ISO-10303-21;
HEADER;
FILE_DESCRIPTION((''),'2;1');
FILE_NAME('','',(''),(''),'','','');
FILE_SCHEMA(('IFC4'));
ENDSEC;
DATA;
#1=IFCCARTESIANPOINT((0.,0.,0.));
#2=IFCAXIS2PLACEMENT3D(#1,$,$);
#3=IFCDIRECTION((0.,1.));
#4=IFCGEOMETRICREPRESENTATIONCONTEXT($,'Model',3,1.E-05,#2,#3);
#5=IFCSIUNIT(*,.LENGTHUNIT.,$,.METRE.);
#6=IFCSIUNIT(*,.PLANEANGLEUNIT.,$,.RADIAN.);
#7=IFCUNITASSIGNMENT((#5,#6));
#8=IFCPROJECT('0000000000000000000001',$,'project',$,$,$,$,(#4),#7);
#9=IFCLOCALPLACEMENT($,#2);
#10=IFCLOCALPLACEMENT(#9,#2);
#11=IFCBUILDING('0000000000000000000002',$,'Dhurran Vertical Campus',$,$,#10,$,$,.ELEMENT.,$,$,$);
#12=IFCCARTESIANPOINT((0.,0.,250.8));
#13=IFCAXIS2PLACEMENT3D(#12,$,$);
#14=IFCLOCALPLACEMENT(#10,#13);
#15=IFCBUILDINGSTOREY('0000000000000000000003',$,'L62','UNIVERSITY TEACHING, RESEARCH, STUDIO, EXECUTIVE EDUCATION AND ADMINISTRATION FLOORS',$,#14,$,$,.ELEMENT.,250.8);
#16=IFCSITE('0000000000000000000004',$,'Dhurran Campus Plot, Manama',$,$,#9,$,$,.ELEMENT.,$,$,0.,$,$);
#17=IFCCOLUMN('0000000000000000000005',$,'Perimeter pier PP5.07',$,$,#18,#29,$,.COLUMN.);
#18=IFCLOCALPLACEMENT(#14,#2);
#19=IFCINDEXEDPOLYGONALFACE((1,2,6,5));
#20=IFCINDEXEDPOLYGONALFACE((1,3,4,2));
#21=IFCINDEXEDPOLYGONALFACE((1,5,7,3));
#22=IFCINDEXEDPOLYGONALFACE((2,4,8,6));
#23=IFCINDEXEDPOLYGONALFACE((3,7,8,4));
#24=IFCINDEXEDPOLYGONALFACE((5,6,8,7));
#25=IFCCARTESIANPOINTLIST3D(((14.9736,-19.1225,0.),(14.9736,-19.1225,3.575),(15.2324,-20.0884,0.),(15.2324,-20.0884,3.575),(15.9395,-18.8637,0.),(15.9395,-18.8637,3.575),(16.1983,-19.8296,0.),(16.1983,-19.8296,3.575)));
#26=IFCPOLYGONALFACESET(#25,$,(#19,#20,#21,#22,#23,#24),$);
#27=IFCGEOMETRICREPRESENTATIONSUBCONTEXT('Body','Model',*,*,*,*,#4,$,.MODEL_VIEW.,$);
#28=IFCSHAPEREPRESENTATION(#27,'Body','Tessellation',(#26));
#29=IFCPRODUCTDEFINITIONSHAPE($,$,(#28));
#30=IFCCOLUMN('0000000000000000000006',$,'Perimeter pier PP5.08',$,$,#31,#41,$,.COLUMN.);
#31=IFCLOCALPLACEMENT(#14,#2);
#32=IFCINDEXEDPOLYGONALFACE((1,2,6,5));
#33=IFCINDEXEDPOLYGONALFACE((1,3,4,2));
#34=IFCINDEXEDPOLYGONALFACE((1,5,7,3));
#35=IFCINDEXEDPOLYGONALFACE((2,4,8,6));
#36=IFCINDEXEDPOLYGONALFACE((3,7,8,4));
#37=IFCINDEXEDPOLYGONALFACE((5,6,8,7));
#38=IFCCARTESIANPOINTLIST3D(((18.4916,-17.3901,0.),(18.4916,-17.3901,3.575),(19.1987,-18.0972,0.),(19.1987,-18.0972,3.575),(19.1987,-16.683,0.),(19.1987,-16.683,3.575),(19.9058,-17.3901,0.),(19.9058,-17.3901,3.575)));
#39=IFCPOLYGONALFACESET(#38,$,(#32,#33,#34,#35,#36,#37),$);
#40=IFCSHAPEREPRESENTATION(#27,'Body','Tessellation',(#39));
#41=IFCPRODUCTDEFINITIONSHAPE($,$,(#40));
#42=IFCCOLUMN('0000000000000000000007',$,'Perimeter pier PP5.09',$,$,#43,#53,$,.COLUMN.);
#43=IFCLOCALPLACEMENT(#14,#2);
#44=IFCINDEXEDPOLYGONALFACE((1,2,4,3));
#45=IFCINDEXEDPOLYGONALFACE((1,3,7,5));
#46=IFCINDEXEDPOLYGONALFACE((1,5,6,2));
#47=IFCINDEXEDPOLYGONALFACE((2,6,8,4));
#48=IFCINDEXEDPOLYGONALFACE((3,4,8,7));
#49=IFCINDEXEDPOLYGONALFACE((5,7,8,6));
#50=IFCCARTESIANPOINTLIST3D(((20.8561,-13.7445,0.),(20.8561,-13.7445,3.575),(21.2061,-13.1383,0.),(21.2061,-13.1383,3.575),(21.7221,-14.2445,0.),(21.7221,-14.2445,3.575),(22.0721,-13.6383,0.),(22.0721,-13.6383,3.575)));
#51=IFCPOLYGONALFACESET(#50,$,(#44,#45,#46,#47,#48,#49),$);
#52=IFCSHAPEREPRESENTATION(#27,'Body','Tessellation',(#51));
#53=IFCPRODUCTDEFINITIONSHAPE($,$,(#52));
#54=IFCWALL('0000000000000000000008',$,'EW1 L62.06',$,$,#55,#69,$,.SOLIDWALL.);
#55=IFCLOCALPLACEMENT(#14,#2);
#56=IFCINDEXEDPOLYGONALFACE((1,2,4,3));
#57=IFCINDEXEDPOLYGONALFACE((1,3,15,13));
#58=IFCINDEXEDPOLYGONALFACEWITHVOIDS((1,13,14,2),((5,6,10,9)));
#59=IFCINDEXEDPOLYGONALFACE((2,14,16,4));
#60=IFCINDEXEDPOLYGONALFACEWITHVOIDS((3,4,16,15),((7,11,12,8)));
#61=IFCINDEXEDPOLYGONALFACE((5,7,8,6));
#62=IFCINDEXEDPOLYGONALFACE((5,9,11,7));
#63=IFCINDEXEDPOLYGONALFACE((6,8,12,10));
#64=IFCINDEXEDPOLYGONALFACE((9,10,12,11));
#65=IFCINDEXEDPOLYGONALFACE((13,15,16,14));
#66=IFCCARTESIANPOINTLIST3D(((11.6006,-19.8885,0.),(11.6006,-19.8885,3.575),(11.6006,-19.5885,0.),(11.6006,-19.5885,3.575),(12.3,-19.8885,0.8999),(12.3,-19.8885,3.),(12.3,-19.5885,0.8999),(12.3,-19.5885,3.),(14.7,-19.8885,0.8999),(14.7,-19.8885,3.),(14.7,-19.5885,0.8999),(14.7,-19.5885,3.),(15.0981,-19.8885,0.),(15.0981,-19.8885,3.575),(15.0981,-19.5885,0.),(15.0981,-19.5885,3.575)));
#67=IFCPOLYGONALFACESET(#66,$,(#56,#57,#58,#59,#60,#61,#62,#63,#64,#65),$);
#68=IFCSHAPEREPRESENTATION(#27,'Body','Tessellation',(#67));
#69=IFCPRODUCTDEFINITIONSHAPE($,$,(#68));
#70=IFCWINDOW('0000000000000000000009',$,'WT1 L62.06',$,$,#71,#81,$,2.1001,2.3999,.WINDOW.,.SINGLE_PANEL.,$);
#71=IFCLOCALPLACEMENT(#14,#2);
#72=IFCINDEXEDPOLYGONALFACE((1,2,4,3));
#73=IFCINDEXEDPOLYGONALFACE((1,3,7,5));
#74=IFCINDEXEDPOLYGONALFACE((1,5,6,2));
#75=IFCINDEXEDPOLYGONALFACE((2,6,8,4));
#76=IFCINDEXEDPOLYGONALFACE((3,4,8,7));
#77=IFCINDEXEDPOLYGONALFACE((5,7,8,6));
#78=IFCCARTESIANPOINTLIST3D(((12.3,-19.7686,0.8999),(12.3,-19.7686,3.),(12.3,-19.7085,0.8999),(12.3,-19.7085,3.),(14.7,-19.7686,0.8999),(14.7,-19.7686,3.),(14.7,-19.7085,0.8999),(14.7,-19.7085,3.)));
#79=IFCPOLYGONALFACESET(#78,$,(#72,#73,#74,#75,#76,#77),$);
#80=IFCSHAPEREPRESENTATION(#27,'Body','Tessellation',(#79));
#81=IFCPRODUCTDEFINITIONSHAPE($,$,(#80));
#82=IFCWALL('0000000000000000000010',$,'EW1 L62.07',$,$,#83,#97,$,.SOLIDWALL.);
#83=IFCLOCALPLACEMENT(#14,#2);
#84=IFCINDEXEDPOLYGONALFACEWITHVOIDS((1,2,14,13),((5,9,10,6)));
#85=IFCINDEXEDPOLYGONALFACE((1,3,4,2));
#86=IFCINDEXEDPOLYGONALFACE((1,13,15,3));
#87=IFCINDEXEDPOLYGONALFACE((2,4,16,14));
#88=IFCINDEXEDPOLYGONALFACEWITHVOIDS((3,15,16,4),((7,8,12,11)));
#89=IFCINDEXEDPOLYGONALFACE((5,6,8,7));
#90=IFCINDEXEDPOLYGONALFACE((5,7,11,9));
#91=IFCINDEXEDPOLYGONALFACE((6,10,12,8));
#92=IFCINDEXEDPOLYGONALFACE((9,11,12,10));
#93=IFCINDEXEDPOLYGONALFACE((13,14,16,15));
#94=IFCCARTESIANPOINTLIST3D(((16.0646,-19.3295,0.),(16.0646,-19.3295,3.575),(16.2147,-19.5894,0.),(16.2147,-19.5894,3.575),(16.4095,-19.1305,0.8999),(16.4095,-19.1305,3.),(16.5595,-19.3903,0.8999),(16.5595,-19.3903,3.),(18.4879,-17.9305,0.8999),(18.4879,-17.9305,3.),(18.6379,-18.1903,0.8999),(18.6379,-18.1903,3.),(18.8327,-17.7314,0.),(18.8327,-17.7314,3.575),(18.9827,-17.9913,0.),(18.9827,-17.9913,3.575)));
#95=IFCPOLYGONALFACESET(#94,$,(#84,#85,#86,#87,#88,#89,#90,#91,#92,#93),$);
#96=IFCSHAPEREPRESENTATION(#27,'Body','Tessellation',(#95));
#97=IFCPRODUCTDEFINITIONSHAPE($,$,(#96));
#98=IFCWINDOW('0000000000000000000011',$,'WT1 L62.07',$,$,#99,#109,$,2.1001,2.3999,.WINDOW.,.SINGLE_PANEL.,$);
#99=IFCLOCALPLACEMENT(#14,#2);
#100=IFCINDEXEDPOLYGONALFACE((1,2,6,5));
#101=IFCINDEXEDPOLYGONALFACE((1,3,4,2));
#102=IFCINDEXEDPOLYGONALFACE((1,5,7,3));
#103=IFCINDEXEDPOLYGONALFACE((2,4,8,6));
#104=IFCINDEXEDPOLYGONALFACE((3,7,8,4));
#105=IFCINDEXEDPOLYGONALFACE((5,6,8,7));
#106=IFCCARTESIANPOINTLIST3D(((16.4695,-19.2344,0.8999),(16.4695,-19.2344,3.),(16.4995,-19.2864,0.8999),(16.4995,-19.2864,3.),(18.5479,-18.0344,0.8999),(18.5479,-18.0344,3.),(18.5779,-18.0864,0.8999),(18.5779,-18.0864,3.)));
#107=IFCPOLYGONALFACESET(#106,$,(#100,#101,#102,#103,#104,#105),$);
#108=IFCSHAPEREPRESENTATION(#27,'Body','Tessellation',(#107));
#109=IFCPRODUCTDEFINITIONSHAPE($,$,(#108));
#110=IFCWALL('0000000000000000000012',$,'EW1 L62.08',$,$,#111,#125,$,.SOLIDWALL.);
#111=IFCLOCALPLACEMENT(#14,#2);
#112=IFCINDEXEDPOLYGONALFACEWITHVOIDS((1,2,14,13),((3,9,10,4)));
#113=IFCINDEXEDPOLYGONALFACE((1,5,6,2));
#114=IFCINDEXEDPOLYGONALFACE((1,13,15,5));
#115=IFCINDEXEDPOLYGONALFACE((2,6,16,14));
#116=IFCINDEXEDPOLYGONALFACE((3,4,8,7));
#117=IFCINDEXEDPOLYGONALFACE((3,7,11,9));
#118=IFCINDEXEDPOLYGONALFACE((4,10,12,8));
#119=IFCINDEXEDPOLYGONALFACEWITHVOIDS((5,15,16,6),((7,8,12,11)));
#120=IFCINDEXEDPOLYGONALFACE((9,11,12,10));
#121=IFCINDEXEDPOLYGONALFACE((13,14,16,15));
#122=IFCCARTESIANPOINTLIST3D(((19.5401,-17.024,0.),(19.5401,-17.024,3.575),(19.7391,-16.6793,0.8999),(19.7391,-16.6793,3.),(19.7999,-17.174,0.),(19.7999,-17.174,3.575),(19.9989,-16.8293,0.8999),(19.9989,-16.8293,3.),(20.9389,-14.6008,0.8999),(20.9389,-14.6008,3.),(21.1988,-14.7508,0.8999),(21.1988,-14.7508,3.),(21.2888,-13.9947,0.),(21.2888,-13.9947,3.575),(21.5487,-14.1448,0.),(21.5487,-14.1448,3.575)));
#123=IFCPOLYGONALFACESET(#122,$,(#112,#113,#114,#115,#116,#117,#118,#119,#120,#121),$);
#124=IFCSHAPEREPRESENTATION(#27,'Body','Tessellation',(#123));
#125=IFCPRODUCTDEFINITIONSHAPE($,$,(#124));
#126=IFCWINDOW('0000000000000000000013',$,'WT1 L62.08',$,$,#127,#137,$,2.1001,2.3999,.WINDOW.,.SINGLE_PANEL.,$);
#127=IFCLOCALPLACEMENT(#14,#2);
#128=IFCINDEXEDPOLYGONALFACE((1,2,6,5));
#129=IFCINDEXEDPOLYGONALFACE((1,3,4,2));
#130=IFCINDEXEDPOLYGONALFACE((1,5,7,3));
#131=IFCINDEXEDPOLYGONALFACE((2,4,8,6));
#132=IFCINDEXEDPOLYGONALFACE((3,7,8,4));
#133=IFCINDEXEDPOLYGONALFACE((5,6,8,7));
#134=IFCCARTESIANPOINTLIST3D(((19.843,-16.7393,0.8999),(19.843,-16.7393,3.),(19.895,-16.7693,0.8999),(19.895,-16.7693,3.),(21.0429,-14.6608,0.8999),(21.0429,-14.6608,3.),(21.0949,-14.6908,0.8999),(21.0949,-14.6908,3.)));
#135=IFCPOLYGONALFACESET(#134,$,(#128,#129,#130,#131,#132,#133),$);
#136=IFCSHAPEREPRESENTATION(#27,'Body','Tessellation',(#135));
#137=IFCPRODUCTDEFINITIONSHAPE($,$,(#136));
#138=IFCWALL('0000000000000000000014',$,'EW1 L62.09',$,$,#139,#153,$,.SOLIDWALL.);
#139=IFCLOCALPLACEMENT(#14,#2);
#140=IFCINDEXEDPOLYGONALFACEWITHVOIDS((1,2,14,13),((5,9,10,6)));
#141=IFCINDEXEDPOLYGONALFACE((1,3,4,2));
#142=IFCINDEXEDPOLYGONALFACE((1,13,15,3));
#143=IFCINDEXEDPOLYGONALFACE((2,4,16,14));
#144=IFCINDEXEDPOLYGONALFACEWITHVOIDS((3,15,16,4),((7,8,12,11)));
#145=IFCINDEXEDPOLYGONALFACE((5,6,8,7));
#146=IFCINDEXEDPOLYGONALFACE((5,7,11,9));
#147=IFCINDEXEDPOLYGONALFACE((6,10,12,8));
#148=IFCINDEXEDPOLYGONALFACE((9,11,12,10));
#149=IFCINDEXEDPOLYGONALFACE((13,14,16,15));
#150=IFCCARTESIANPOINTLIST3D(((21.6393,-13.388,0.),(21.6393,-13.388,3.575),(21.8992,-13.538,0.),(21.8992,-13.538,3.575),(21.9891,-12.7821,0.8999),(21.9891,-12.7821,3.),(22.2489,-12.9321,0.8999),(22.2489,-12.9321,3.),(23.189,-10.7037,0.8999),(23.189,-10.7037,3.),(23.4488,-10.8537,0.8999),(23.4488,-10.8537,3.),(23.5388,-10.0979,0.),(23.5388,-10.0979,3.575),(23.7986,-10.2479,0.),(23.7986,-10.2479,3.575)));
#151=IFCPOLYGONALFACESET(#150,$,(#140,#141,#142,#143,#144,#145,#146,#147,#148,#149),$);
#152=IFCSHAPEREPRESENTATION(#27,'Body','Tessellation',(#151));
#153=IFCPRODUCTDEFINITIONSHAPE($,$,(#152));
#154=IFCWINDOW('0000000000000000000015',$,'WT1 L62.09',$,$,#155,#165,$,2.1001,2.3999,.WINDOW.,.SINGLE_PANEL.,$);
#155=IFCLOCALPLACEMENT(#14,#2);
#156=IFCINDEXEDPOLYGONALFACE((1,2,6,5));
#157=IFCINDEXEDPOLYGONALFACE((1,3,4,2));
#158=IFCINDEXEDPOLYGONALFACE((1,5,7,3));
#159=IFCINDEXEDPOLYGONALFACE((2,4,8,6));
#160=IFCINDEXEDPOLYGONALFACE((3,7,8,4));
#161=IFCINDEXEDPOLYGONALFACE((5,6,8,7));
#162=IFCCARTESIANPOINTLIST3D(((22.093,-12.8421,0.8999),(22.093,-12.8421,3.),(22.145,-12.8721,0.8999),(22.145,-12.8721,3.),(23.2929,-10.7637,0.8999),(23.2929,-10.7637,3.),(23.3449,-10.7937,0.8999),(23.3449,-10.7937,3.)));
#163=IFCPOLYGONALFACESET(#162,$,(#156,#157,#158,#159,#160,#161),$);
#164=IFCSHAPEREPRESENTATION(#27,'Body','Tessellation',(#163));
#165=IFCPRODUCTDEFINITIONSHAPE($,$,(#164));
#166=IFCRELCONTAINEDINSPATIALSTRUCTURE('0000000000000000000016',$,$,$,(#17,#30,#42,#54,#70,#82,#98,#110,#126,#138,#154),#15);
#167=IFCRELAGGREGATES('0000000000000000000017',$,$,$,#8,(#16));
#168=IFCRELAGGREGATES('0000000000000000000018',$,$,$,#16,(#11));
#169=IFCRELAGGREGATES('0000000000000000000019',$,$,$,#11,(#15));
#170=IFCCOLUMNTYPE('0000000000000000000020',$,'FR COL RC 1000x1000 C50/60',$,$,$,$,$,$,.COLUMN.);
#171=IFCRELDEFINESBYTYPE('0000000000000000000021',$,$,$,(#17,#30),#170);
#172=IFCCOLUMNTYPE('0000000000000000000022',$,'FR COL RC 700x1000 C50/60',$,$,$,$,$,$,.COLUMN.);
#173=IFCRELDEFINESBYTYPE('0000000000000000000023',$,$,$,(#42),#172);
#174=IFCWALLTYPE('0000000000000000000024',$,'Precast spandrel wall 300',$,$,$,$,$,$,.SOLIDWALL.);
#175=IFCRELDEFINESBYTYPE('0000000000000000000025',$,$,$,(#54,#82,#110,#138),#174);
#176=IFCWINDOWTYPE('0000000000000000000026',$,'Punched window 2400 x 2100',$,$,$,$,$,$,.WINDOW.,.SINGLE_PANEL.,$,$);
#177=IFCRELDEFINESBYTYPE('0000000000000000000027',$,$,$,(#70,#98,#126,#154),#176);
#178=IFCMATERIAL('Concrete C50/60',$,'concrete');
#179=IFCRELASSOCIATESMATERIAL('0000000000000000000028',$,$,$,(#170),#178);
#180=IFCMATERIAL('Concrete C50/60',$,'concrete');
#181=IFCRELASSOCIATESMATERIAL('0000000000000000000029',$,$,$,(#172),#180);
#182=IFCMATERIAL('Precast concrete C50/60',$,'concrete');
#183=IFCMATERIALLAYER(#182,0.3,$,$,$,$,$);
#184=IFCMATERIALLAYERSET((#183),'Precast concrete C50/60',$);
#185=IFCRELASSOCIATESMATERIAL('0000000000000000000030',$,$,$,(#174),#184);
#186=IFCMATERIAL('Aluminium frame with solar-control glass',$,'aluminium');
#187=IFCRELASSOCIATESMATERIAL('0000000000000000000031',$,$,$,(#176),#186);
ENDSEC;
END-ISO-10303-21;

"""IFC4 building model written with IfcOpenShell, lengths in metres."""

from ifc_helpers import new_model, si_unit, direction, frame, frame_2d, origin, origin_2d, place, context, subcontext, project, spatial, rectangle, extrude, material, layer, layer_set, material_profile, profile_set, type_object, element, fill, save


model = new_model("IFC4")

# Units and contexts
model_context = context("Model", 3, precision=1e-05, world=origin(), true_north=direction((0.0, 1.0)))
body_context = subcontext(model_context, "Body", "Model", "MODEL_VIEW")
ifc_project = project(units=[si_unit("LENGTHUNIT", "METRE"), si_unit("PLANEANGLEUNIT", "RADIAN")], contexts=[model_context])

# Site, building, storey
site_placement = place(None, origin())
site = spatial("IfcSite", under=ifc_project, at=site_placement, Name="Dhurran Campus Plot, Manama", CompositionType="ELEMENT", RefElevation=0.0)
building_placement = place(site_placement, origin())
building = spatial("IfcBuilding", under=site, at=building_placement, Name="Dhurran Vertical Campus", CompositionType="ELEMENT")
storey_placement = place(building_placement, frame((0.0, 0.0, 250.8)))
storey = spatial("IfcBuildingStorey", under=building, at=storey_placement, Name="L62", Description="UNIVERSITY TEACHING, RESEARCH, STUDIO, EXECUTIVE EDUCATION AND ADMINISTRATION FLOORS", CompositionType="ELEMENT", Elevation=250.8)

# Columns
ifc_material_1 = material(Name="Concrete C50/60", Category="concrete")
ifc_material_profile_1 = material_profile(ifc_material_1, rectangle(XDim=1.0, YDim=1.0, at=origin_2d()), Name="RC 1000x1000")
ifc_profile_set_1 = profile_set([ifc_material_profile_1], Name="Concrete C50/60")
column_type_1 = type_object("IfcColumnType", Name="FR COL RC 1000x1000 C50/60", PredefinedType="COLUMN", material=ifc_profile_set_1)
for number, where, z_axis, x_axis, name in (
    (1, (15.5859, -19.4761, 0.0), (0.0, 0.0, 1.0), (0.965926, 0.258819, 0.0), "Perimeter pier PP5.07"),
    (2, (19.1987, -17.3901, 0.0), (0.0, 0.0, 1.0), (0.707107, 0.707107, 0.0), "Perimeter pier PP5.08"),
):
    element("IfcColumn", number, at=place(storey_placement, frame(where, z_axis=z_axis, x_axis=x_axis)), inside=storey, type_object=column_type_1, Name=name, PredefinedType="COLUMN", context=body_context, shape_type="SweptSolid", body=[
        extrude(rectangle(XDim=1.0, YDim=1.0, at=origin_2d()), origin(), (0.0, 0.0, 1.0), 3.575),
    ])
ifc_material_2 = material(Name="Concrete C50/60", Category="concrete")
ifc_material_profile_2 = material_profile(ifc_material_2, rectangle(XDim=0.7, YDim=1.0, at=origin_2d()), Name="RC 700x1000")
ifc_profile_set_2 = profile_set([ifc_material_profile_2], Name="Concrete C50/60")
column_type_2 = type_object("IfcColumnType", Name="FR COL RC 700x1000 C50/60", PredefinedType="COLUMN", material=ifc_profile_set_2)
column_placement = place(storey_placement, frame((21.4641, -13.6914, 0.0), z_axis=(0.0, 0.0, 1.0), x_axis=(0.5, 0.866025, 0.0)))
element("IfcColumn", 3, at=column_placement, inside=storey, type_object=column_type_2, Name="Perimeter pier PP5.09", PredefinedType="COLUMN", context=body_context, shape_type="SweptSolid", body=[
    extrude(rectangle(XDim=0.7, YDim=1.0, at=origin_2d()), origin(), (0.0, 0.0, 1.0), 3.575),
])

# Walls, openings, windows
ifc_material_3 = material(Name="Precast concrete C50/60", Category="concrete")
ifc_layer_1 = layer(ifc_material_3, 0.3)
ifc_layer_set_1 = layer_set([ifc_layer_1], Name="Precast concrete C50/60")
wall_type_1 = type_object("IfcWallType", Name="Precast spandrel wall 300", PredefinedType="SOLIDWALL", material=ifc_layer_set_1)
wall_1_placement = place(storey_placement, frame((11.6006, -19.7385, 0.0), z_axis=(0.0, 0.0, 1.0), x_axis=(1.0, 0.0, 0.0)))
wall_1 = element("IfcWall", 4, at=wall_1_placement, inside=storey, type_object=wall_type_1, Name="EW1 L62.06", PredefinedType="SOLIDWALL", context=body_context, shape_type="SweptSolid", body=[
    extrude(rectangle(XDim=3.4976, YDim=0.3, at=frame_2d((1.7488, 0.0))), origin(), (0.0, 0.0, 1.0), 3.575),
])
opening_1_placement = place(wall_1_placement, frame((0.6995, 0.0, 0.8999)))
opening_1 = element("IfcOpeningElement", 5, at=opening_1_placement, cuts=wall_1, PredefinedType="OPENING", context=body_context, shape_type="SweptSolid", body=[
    extrude(rectangle(XDim=2.3999, YDim=2.1001, at=frame_2d((1.2, 1.05))), frame((0.0, 0.1599, 0.0), z_axis=(0.0, -1.0, 0.0), x_axis=(1.0, 0.0, 0.0)), (0.0, 0.0, 1.0), 0.3201),
])
ifc_material_4 = material(Name="Aluminium frame with solar-control glass", Category="aluminium")
window_type = type_object("IfcWindowType", Name="Punched window 2400 x 2100", PartitioningType="SINGLE_PANEL", PredefinedType="WINDOW", material=ifc_material_4)
window_1_placement = place(opening_1_placement, origin())
window_1 = element("IfcWindow", 6, at=window_1_placement, inside=storey, type_object=window_type, Name="WT1 L62.06", OverallHeight=2.1001, OverallWidth=2.3999, PartitioningType="SINGLE_PANEL", PredefinedType="WINDOW", context=body_context, shape_type="SweptSolid", body=[
    extrude(rectangle(XDim=2.3999, YDim=2.1001, at=frame_2d((1.2, 1.05))), frame((0.0, 0.03, 0.0), z_axis=(0.0, -1.0, 0.0), x_axis=(1.0, 0.0, 0.0)), (0.0, 0.0, 1.0), 0.0601),
])
fill(opening_1, window_1)
wall_2_placement = place(storey_placement, frame((16.1396, -19.4595, 0.0), z_axis=(0.0, 0.0, 1.0), x_axis=(0.866025, 0.5, 0.0)))
wall_2 = element("IfcWall", 7, at=wall_2_placement, inside=storey, type_object=wall_type_1, Name="EW1 L62.07", PredefinedType="SOLIDWALL", context=body_context, shape_type="SweptSolid", body=[
    extrude(rectangle(XDim=3.1963, YDim=0.3, at=frame_2d((1.5981, 0.0))), origin(), (0.0, 0.0, 1.0), 3.575),
])
opening_2_placement = place(wall_2_placement, frame((0.3982, 0.0, 0.8999)))
opening_2 = element("IfcOpeningElement", 8, at=opening_2_placement, cuts=wall_2, PredefinedType="OPENING", context=body_context, shape_type="SweptSolid", body=[
    extrude(rectangle(XDim=2.3999, YDim=2.1001, at=frame_2d((1.2, 1.05))), frame((0.0, 0.1599, 0.0), z_axis=(0.0, -1.0, 0.0), x_axis=(1.0, 0.0, 0.0)), (0.0, 0.0, 1.0), 0.3201),
])
window_2_placement = place(opening_2_placement, origin())
window_2 = element("IfcWindow", 9, at=window_2_placement, inside=storey, type_object=window_type, Name="WT1 L62.07", OverallHeight=2.1001, OverallWidth=2.3999, PartitioningType="SINGLE_PANEL", PredefinedType="WINDOW", context=body_context, shape_type="SweptSolid", body=[
    extrude(rectangle(XDim=2.3999, YDim=2.1001, at=frame_2d((1.2, 1.05))), frame((0.0, 0.03, 0.0), z_axis=(0.0, -1.0, 0.0), x_axis=(1.0, 0.0, 0.0)), (0.0, 0.0, 1.0), 0.0601),
])
fill(opening_2, window_2)
wall_3_placement = place(storey_placement, frame((19.6699, -17.0991, 0.0), z_axis=(0.0, 0.0, 1.0), x_axis=(0.49996, 0.866048, 0.0)))
wall_3 = element("IfcWall", 10, at=wall_3_placement, inside=storey, type_object=wall_type_1, Name="EW1 L62.08", PredefinedType="SOLIDWALL", context=body_context, shape_type="SweptSolid", body=[
    extrude(rectangle(XDim=3.4978, YDim=0.3, at=frame_2d((1.749, 0.0))), origin(), (0.0, 0.0, 1.0), 3.575),
])
opening_3_placement = place(wall_3_placement, frame((0.3982, 0.0, 0.8999)))
opening_3 = element("IfcOpeningElement", 11, at=opening_3_placement, cuts=wall_3, PredefinedType="OPENING", context=body_context, shape_type="SweptSolid", body=[
    extrude(rectangle(XDim=2.3999, YDim=2.1001, at=frame_2d((1.2, 1.05))), frame((0.0, 0.1599, 0.0), z_axis=(0.0, -1.0, 0.0), x_axis=(1.0, 0.0, 0.0)), (0.0, 0.0, 1.0), 0.3201),
])
window_3_placement = place(opening_3_placement, origin())
window_3 = element("IfcWindow", 12, at=window_3_placement, inside=storey, type_object=window_type, Name="WT1 L62.08", OverallHeight=2.1001, OverallWidth=2.3999, PartitioningType="SINGLE_PANEL", PredefinedType="WINDOW", context=body_context, shape_type="SweptSolid", body=[
    extrude(rectangle(XDim=2.3999, YDim=2.1001, at=frame_2d((1.2, 1.05))), frame((0.0, 0.03, 0.0), z_axis=(0.0, -1.0, 0.0), x_axis=(1.0, 0.0, 0.0)), (0.0, 0.0, 1.0), 0.0601),
])
fill(opening_3, window_3)
wall_4_placement = place(storey_placement, frame((21.7693, -13.4629, 0.0), z_axis=(0.0, 0.0, 1.0), x_axis=(0.499982, 0.866036, 0.0)))
wall_4 = element("IfcWall", 13, at=wall_4_placement, inside=storey, type_object=wall_type_1, Name="EW1 L62.09", PredefinedType="SOLIDWALL", context=body_context, shape_type="SweptSolid", body=[
    extrude(rectangle(XDim=3.7991, YDim=0.3, at=frame_2d((1.8994, 0.0))), origin(), (0.0, 0.0, 1.0), 3.575),
])
opening_4_placement = place(wall_4_placement, frame((0.6995, 0.0, 0.8999)))
opening_4 = element("IfcOpeningElement", 14, at=opening_4_placement, cuts=wall_4, PredefinedType="OPENING", context=body_context, shape_type="SweptSolid", body=[
    extrude(rectangle(XDim=2.3999, YDim=2.1001, at=frame_2d((1.2, 1.05))), frame((0.0, 0.1599, 0.0), z_axis=(0.0, -1.0, 0.0), x_axis=(1.0, 0.0, 0.0)), (0.0, 0.0, 1.0), 0.3201),
])
window_4_placement = place(opening_4_placement, origin())
window_4 = element("IfcWindow", 15, at=window_4_placement, inside=storey, type_object=window_type, Name="WT1 L62.09", OverallHeight=2.1001, OverallWidth=2.3999, PartitioningType="SINGLE_PANEL", PredefinedType="WINDOW", context=body_context, shape_type="SweptSolid", body=[
    extrude(rectangle(XDim=2.3999, YDim=2.1001, at=frame_2d((1.2, 1.05))), frame((0.0, 0.03, 0.0), z_axis=(0.0, -1.0, 0.0), x_axis=(1.0, 0.0, 0.0)), (0.0, 0.0, 1.0), 0.0601),
])
fill(opening_4, window_4)

save(model, "model.ifc")
